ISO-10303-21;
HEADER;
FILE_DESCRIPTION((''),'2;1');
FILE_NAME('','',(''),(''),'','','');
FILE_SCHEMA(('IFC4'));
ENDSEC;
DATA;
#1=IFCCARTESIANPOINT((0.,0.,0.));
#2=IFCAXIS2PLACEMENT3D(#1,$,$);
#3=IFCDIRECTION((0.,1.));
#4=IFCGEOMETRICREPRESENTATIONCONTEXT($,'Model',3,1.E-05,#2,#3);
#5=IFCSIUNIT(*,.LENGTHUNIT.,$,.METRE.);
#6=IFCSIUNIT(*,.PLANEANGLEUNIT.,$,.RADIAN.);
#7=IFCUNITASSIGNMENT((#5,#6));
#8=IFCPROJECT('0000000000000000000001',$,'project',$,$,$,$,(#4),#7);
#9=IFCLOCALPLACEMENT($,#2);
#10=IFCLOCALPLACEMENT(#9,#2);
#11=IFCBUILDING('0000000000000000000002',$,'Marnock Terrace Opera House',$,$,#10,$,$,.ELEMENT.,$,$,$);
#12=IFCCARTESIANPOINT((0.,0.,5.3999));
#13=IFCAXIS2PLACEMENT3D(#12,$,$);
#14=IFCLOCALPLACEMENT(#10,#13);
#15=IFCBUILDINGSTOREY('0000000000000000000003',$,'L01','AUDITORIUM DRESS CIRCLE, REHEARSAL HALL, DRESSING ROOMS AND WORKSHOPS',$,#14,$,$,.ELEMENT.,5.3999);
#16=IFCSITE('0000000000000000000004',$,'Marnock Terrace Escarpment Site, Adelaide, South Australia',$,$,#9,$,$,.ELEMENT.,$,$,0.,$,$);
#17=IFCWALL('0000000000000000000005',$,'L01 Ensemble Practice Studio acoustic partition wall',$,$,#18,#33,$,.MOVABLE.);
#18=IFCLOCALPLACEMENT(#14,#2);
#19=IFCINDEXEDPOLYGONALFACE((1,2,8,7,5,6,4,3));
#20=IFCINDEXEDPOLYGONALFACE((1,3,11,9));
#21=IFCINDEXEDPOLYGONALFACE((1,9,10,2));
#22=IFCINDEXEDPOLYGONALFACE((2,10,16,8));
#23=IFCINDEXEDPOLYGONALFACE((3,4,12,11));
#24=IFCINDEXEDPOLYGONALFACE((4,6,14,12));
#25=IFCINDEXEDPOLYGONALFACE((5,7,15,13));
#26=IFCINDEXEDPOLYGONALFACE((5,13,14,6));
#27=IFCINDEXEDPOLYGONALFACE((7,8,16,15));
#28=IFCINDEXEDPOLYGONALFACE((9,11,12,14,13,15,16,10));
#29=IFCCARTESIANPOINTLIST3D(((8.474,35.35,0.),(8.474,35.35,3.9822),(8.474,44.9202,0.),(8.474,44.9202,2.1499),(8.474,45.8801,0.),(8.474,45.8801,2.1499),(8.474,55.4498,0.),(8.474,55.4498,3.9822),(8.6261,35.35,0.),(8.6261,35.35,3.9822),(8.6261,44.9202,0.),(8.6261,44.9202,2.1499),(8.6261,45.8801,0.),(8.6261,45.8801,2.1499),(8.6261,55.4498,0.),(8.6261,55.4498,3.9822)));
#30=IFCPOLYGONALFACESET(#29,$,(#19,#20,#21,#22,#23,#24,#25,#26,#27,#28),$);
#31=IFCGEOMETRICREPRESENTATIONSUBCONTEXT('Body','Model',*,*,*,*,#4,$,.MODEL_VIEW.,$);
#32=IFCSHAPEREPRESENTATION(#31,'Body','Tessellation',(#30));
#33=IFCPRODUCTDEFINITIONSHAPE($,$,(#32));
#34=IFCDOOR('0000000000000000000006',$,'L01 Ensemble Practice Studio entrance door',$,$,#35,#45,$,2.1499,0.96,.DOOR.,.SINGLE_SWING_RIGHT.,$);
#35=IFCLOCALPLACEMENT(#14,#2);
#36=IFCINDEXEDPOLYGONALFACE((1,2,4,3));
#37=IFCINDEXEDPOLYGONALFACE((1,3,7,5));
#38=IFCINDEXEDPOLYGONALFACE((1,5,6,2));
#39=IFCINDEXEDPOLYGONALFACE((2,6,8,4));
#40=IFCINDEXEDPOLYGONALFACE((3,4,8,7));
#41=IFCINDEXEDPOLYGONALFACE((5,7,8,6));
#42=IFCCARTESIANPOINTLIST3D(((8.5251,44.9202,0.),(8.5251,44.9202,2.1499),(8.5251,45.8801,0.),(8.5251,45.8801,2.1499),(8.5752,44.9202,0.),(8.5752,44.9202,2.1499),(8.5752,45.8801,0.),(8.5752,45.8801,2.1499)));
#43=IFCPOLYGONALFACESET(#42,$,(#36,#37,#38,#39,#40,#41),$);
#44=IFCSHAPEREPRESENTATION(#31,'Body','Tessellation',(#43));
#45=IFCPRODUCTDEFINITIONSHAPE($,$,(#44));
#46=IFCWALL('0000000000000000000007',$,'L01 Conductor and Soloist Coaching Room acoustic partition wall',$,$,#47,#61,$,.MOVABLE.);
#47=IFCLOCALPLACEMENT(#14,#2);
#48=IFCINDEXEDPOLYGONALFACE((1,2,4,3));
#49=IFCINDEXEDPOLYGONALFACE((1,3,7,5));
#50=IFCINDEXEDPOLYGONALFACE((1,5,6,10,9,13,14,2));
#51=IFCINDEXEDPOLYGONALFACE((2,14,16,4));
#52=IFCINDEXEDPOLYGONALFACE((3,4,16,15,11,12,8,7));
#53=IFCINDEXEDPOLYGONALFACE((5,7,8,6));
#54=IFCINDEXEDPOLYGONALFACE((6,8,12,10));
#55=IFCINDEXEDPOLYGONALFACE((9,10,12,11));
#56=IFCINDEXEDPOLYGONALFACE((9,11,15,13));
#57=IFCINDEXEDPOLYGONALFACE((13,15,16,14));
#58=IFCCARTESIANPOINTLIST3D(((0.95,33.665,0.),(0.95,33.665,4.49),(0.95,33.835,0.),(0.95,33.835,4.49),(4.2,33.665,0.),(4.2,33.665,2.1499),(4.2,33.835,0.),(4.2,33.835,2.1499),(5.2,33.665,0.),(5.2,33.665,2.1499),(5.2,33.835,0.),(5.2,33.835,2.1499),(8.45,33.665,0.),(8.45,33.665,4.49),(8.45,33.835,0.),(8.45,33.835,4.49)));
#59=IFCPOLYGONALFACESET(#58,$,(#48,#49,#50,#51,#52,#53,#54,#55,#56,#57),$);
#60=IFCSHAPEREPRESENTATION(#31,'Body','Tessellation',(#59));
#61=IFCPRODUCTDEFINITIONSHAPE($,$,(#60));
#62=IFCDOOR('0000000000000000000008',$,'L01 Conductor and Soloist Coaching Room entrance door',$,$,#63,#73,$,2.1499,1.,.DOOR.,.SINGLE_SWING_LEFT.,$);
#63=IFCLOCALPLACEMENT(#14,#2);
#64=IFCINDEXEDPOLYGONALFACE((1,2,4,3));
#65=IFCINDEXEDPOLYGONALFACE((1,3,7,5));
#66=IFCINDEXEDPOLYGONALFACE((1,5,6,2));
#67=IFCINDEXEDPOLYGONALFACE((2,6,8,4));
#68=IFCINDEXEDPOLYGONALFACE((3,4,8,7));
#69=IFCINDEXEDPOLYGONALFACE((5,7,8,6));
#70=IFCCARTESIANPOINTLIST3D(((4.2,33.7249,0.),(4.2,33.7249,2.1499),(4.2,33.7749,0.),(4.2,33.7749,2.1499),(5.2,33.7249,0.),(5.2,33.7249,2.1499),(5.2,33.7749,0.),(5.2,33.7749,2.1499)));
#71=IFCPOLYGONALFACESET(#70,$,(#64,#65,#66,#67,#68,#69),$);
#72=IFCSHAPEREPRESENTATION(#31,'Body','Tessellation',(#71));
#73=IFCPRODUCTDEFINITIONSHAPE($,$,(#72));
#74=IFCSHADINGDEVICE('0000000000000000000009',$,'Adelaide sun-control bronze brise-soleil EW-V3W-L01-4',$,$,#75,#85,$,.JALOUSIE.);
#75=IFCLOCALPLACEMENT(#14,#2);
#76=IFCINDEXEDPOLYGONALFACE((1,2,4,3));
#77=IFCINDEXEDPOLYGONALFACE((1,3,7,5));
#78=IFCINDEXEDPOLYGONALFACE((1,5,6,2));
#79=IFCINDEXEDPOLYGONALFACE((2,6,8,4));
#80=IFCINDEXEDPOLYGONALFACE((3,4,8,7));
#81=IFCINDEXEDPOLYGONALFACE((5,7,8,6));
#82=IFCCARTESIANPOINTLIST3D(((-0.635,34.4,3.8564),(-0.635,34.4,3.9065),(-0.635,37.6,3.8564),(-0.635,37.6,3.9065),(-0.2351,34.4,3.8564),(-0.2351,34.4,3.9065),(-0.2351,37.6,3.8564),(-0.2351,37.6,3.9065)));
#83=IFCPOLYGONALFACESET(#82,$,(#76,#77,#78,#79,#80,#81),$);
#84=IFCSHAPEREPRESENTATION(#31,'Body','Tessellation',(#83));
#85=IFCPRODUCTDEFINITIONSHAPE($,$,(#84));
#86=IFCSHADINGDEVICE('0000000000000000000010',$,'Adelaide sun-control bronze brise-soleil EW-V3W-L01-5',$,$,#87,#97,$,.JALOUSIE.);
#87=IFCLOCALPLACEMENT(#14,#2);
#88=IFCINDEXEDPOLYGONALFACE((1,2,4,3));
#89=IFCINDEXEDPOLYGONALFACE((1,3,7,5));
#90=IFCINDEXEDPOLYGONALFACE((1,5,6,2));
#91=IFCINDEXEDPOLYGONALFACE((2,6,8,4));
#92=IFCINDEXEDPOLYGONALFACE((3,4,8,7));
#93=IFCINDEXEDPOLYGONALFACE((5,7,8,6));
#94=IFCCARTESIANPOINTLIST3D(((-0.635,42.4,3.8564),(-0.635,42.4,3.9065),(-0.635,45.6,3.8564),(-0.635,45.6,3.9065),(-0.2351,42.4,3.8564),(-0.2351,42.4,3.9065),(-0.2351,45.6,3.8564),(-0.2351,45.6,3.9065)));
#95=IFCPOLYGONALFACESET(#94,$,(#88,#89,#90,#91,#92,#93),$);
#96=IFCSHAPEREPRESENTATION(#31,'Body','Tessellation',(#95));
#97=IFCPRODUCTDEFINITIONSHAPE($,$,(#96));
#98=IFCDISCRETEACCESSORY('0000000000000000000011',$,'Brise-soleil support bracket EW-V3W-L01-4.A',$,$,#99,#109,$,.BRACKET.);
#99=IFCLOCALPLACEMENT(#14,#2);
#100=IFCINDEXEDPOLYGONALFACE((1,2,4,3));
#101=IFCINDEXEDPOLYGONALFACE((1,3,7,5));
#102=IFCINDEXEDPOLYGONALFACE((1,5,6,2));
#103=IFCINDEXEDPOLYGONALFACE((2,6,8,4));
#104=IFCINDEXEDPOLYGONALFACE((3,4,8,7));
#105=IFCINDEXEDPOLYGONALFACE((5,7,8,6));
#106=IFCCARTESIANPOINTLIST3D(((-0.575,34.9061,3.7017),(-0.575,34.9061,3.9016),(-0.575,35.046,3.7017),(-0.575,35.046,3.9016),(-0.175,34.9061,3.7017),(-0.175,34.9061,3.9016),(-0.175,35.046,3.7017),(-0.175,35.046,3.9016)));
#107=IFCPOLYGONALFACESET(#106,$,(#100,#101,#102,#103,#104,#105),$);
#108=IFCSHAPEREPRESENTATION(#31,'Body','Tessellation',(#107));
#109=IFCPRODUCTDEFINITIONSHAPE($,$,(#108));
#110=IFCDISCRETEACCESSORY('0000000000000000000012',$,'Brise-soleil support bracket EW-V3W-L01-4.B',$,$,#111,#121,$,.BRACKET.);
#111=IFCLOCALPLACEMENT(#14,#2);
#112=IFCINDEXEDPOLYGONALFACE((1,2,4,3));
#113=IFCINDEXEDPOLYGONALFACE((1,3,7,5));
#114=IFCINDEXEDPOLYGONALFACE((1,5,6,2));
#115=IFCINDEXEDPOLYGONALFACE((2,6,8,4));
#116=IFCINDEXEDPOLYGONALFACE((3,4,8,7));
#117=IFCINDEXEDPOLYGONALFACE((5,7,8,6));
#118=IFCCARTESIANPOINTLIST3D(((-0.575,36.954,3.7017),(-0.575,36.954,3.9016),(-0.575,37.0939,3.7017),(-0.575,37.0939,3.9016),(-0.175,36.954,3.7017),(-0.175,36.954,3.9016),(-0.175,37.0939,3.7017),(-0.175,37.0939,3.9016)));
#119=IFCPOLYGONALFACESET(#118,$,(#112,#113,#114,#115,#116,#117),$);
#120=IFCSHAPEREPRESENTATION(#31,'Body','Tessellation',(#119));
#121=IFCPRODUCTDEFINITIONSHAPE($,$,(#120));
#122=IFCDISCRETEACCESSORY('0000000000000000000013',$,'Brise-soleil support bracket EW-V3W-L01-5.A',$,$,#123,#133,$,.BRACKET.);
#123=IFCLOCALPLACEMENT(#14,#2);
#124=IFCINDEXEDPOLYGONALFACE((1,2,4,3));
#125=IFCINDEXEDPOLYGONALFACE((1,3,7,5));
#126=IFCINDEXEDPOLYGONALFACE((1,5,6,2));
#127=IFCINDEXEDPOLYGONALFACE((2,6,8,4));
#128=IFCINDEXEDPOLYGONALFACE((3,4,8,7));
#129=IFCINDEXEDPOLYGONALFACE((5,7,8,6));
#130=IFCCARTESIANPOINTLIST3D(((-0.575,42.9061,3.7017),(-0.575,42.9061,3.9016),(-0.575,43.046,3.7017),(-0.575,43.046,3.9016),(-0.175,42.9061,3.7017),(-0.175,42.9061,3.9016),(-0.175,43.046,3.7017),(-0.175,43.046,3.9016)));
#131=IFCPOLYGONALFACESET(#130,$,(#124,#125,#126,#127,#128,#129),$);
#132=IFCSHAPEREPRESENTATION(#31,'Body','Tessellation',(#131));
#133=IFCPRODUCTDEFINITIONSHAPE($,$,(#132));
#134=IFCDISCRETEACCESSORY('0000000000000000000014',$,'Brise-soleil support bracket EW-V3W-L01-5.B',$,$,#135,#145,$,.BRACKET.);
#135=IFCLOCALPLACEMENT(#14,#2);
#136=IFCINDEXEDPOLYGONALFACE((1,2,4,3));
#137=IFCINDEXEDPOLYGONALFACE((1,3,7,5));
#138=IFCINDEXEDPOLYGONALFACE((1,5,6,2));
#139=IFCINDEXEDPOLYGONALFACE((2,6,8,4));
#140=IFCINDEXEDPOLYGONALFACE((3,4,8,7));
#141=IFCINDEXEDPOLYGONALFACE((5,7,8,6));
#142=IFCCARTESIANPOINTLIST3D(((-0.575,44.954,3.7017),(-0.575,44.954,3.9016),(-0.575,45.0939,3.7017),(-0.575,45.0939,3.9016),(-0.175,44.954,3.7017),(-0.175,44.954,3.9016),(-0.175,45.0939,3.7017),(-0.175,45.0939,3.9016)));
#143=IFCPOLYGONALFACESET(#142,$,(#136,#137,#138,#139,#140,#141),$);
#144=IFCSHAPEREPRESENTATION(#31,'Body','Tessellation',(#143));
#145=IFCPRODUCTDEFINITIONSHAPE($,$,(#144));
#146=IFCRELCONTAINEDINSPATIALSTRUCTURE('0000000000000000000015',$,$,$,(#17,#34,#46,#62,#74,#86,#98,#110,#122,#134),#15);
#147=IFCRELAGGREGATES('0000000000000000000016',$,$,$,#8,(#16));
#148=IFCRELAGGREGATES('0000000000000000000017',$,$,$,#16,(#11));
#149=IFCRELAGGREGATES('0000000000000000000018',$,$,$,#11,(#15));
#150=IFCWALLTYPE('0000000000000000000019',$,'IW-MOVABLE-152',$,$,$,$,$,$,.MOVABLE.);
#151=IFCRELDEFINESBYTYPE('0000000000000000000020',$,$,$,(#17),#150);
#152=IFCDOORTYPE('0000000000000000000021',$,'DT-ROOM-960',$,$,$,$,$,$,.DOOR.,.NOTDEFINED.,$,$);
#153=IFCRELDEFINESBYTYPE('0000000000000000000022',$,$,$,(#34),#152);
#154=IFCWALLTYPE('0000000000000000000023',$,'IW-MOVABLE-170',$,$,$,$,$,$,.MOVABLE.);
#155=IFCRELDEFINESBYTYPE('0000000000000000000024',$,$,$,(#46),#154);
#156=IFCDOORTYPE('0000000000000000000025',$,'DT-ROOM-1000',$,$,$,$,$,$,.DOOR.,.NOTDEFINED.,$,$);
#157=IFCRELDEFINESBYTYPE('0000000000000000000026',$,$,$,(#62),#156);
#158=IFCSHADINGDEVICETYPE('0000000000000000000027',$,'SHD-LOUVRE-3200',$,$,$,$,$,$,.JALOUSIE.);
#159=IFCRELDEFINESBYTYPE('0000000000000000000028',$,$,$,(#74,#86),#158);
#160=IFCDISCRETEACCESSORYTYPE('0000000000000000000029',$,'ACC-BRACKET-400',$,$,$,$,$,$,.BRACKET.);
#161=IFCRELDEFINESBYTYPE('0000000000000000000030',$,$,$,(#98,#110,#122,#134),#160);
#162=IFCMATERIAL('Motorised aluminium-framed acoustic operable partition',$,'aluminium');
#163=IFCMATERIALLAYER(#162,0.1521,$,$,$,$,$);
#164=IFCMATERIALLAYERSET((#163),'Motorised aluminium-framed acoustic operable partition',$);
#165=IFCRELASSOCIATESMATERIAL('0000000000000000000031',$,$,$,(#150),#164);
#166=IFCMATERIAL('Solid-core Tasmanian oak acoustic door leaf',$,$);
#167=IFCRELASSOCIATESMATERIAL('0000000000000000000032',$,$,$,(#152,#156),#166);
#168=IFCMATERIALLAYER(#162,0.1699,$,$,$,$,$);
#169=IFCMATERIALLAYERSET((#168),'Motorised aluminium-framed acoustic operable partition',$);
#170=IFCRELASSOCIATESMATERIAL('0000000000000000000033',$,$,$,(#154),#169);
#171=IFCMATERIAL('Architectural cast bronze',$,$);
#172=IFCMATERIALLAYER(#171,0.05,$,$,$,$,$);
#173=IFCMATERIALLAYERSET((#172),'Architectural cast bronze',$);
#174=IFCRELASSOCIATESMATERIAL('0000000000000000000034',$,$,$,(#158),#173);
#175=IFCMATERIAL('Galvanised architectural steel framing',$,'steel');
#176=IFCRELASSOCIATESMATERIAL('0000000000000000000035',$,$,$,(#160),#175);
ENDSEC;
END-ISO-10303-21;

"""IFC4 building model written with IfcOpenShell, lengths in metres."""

from ifc_helpers import new_model, si_unit, direction, frame, frame_2d, origin, origin_2d, place, context, subcontext, project, spatial, rectangle, extrude, material, layer, layer_set, type_object, element, fill, save


model = new_model("IFC4")

# Units and contexts
model_context = context("Model", 3, precision=1e-05, world=origin(), true_north=direction((0.0, 1.0)))
body_context = subcontext(model_context, "Body", "Model", "MODEL_VIEW")
ifc_project = project(units=[si_unit("LENGTHUNIT", "METRE"), si_unit("PLANEANGLEUNIT", "RADIAN")], contexts=[model_context])

# Site, building, storey
site_placement = place(None, origin())
site = spatial("IfcSite", under=ifc_project, at=site_placement, Name="Marnock Terrace Escarpment Site, Adelaide, South Australia", CompositionType="ELEMENT", RefElevation=0.0)
building_placement = place(site_placement, origin())
building = spatial("IfcBuilding", under=site, at=building_placement, Name="Marnock Terrace Opera House", CompositionType="ELEMENT")
storey_placement = place(building_placement, frame((0.0, 0.0, 5.3999)))
storey = spatial("IfcBuildingStorey", under=building, at=storey_placement, Name="L01", Description="AUDITORIUM DRESS CIRCLE, REHEARSAL HALL, DRESSING ROOMS AND WORKSHOPS", CompositionType="ELEMENT", Elevation=5.3999)

# Walls, openings, doors
ifc_material_1 = material(Name="Motorised aluminium-framed acoustic operable partition", Category="aluminium")
ifc_layer_1 = layer(ifc_material_1, 0.1521)
ifc_layer_set_1 = layer_set([ifc_layer_1], Name="Motorised aluminium-framed acoustic operable partition")
wall_type_1 = type_object("IfcWallType", Name="IW-MOVABLE-152", PredefinedType="MOVABLE", material=ifc_layer_set_1)
wall_1_placement = place(storey_placement, frame((8.55, 35.3501, 0.0), z_axis=(0.0, 0.0, 1.0), x_axis=(0.0, 1.0, 0.0)))
wall_1 = element("IfcWall", 1, at=wall_1_placement, inside=storey, type_object=wall_type_1, Name="L01 Ensemble Practice Studio acoustic partition wall", PredefinedType="MOVABLE", context=body_context, shape_type="SweptSolid", body=[
    extrude(rectangle(XDim=20.0999, YDim=0.1521, at=frame_2d((10.0498, 0.0))), origin(), (0.0, 0.0, 1.0), 3.9822),
])
opening_1_placement = place(wall_1_placement, frame((9.5701, 0.0, 0.0)))
opening_1 = element("IfcOpeningElement", 2, at=opening_1_placement, cuts=wall_1, PredefinedType="OPENING", context=body_context, shape_type="SweptSolid", body=[
    extrude(rectangle(XDim=0.96, YDim=2.1499, at=frame_2d((0.48, 1.075))), frame((0.0, 0.0859, 0.0), z_axis=(0.0, -1.0, 0.0), x_axis=(1.0, 0.0, 0.0)), (0.0, 0.0, 1.0), 0.1721),
])
ifc_material_2 = material(Name="Solid-core Tasmanian oak acoustic door leaf")
door_type_1 = type_object("IfcDoorType", Name="DT-ROOM-960", OperationType="NOTDEFINED", PredefinedType="DOOR", material=ifc_material_2)
door_1_placement = place(opening_1_placement, origin())
door_1 = element("IfcDoor", 3, at=door_1_placement, inside=storey, type_object=door_type_1, Name="L01 Ensemble Practice Studio entrance door", OperationType="SINGLE_SWING_RIGHT", OverallHeight=2.1499, OverallWidth=0.96, PredefinedType="DOOR", context=body_context, shape_type="SweptSolid", body=[
    extrude(rectangle(XDim=0.96, YDim=2.1499, at=frame_2d((0.48, 1.075))), frame((0.0, 0.0249, 0.0), z_axis=(0.0, -1.0, 0.0), x_axis=(1.0, 0.0, 0.0)), (0.0, 0.0, 1.0), 0.05),
])
fill(opening_1, door_1)
ifc_layer_2 = layer(ifc_material_1, 0.1699)
ifc_layer_set_2 = layer_set([ifc_layer_2], Name="Motorised aluminium-framed acoustic operable partition")
wall_type_2 = type_object("IfcWallType", Name="IW-MOVABLE-170", PredefinedType="MOVABLE", material=ifc_layer_set_2)
wall_2_placement = place(storey_placement, frame((0.95, 33.75, 0.0), z_axis=(0.0, 0.0, 1.0), x_axis=(1.0, 0.0, 0.0)))
wall_2 = element("IfcWall", 4, at=wall_2_placement, inside=storey, type_object=wall_type_2, Name="L01 Conductor and Soloist Coaching Room acoustic partition wall", PredefinedType="MOVABLE", context=body_context, shape_type="SweptSolid", body=[
    extrude(rectangle(XDim=7.5, YDim=0.1699, at=frame_2d((3.75, 0.0))), origin(), (0.0, 0.0, 1.0), 4.49),
])
opening_2_placement = place(wall_2_placement, frame((3.25, 0.0, 0.0)))
opening_2 = element("IfcOpeningElement", 5, at=opening_2_placement, cuts=wall_2, PredefinedType="OPENING", context=body_context, shape_type="SweptSolid", body=[
    extrude(rectangle(XDim=1.0, YDim=2.1499, at=frame_2d((0.5, 1.075))), frame((0.0, 0.095, 0.0), z_axis=(0.0, -1.0, 0.0), x_axis=(1.0, 0.0, 0.0)), (0.0, 0.0, 1.0), 0.1899),
])
door_type_2 = type_object("IfcDoorType", Name="DT-ROOM-1000", OperationType="NOTDEFINED", PredefinedType="DOOR", material=ifc_material_2)
door_2_placement = place(opening_2_placement, origin())
door_2 = element("IfcDoor", 6, at=door_2_placement, inside=storey, type_object=door_type_2, Name="L01 Conductor and Soloist Coaching Room entrance door", OperationType="SINGLE_SWING_LEFT", OverallHeight=2.1499, OverallWidth=1.0, PredefinedType="DOOR", context=body_context, shape_type="SweptSolid", body=[
    extrude(rectangle(XDim=1.0, YDim=2.1499, at=frame_2d((0.5, 1.075))), frame((0.0, 0.0249, 0.0), z_axis=(0.0, -1.0, 0.0), x_axis=(1.0, 0.0, 0.0)), (0.0, 0.0, 1.0), 0.05),
])
fill(opening_2, door_2)

# Shading devices
ifc_material_3 = material(Name="Architectural cast bronze")
ifc_layer_3 = layer(ifc_material_3, 0.05)
ifc_layer_set_3 = layer_set([ifc_layer_3], Name="Architectural cast bronze")
shading_device_type = type_object("IfcShadingDeviceType", Name="SHD-LOUVRE-3200", PredefinedType="JALOUSIE", material=ifc_layer_set_3)
for number, where, z_axis, x_axis, name in (
    (7, (-0.4351, 36.0, 3.8564), (0.0, 0.0, 1.0), (0.0, 1.0, 0.0), "Adelaide sun-control bronze brise-soleil EW-V3W-L01-4"),
    (8, (-0.4351, 44.0, 3.8564), (0.0, 0.0, 1.0), (0.0, 1.0, 0.0), "Adelaide sun-control bronze brise-soleil EW-V3W-L01-5"),
):
    element("IfcShadingDevice", number, at=place(storey_placement, frame(where, z_axis=z_axis, x_axis=x_axis)), inside=storey, type_object=shading_device_type, Name=name, PredefinedType="JALOUSIE", context=body_context, shape_type="SweptSolid", body=[
        extrude(rectangle(XDim=3.2, YDim=0.3999, at=origin_2d()), origin(), (0.0, 0.0, 1.0), 0.05),
    ])

# Discrete accessories
ifc_material_4 = material(Name="Galvanised architectural steel framing", Category="steel")
discrete_accessory_type = type_object("IfcDiscreteAccessoryType", Name="ACC-BRACKET-400", PredefinedType="BRACKET", material=ifc_material_4)
for number, where, z_axis, x_axis, name in (
    (9, (-0.375, 34.9761, 3.7017), (0.0, 0.0, 1.0), (0.0, 1.0, 0.0), "Brise-soleil support bracket EW-V3W-L01-4.A"),
    (10, (-0.375, 37.0239, 3.7017), (0.0, 0.0, 1.0), (0.0, 1.0, 0.0), "Brise-soleil support bracket EW-V3W-L01-4.B"),
    (11, (-0.375, 42.9761, 3.7017), (0.0, 0.0, 1.0), (0.0, 1.0, 0.0), "Brise-soleil support bracket EW-V3W-L01-5.A"),
    (12, (-0.375, 45.0239, 3.7017), (0.0, 0.0, 1.0), (0.0, 1.0, 0.0), "Brise-soleil support bracket EW-V3W-L01-5.B"),
):
    element("IfcDiscreteAccessory", number, at=place(storey_placement, frame(where, z_axis=z_axis, x_axis=x_axis)), inside=storey, type_object=discrete_accessory_type, Name=name, PredefinedType="BRACKET", context=body_context, shape_type="SweptSolid", body=[
        extrude(rectangle(XDim=0.1399, YDim=0.3999, at=origin_2d()), origin(), (0.0, 0.0, 1.0), 0.2),
    ])

save(model, "model.ifc")
